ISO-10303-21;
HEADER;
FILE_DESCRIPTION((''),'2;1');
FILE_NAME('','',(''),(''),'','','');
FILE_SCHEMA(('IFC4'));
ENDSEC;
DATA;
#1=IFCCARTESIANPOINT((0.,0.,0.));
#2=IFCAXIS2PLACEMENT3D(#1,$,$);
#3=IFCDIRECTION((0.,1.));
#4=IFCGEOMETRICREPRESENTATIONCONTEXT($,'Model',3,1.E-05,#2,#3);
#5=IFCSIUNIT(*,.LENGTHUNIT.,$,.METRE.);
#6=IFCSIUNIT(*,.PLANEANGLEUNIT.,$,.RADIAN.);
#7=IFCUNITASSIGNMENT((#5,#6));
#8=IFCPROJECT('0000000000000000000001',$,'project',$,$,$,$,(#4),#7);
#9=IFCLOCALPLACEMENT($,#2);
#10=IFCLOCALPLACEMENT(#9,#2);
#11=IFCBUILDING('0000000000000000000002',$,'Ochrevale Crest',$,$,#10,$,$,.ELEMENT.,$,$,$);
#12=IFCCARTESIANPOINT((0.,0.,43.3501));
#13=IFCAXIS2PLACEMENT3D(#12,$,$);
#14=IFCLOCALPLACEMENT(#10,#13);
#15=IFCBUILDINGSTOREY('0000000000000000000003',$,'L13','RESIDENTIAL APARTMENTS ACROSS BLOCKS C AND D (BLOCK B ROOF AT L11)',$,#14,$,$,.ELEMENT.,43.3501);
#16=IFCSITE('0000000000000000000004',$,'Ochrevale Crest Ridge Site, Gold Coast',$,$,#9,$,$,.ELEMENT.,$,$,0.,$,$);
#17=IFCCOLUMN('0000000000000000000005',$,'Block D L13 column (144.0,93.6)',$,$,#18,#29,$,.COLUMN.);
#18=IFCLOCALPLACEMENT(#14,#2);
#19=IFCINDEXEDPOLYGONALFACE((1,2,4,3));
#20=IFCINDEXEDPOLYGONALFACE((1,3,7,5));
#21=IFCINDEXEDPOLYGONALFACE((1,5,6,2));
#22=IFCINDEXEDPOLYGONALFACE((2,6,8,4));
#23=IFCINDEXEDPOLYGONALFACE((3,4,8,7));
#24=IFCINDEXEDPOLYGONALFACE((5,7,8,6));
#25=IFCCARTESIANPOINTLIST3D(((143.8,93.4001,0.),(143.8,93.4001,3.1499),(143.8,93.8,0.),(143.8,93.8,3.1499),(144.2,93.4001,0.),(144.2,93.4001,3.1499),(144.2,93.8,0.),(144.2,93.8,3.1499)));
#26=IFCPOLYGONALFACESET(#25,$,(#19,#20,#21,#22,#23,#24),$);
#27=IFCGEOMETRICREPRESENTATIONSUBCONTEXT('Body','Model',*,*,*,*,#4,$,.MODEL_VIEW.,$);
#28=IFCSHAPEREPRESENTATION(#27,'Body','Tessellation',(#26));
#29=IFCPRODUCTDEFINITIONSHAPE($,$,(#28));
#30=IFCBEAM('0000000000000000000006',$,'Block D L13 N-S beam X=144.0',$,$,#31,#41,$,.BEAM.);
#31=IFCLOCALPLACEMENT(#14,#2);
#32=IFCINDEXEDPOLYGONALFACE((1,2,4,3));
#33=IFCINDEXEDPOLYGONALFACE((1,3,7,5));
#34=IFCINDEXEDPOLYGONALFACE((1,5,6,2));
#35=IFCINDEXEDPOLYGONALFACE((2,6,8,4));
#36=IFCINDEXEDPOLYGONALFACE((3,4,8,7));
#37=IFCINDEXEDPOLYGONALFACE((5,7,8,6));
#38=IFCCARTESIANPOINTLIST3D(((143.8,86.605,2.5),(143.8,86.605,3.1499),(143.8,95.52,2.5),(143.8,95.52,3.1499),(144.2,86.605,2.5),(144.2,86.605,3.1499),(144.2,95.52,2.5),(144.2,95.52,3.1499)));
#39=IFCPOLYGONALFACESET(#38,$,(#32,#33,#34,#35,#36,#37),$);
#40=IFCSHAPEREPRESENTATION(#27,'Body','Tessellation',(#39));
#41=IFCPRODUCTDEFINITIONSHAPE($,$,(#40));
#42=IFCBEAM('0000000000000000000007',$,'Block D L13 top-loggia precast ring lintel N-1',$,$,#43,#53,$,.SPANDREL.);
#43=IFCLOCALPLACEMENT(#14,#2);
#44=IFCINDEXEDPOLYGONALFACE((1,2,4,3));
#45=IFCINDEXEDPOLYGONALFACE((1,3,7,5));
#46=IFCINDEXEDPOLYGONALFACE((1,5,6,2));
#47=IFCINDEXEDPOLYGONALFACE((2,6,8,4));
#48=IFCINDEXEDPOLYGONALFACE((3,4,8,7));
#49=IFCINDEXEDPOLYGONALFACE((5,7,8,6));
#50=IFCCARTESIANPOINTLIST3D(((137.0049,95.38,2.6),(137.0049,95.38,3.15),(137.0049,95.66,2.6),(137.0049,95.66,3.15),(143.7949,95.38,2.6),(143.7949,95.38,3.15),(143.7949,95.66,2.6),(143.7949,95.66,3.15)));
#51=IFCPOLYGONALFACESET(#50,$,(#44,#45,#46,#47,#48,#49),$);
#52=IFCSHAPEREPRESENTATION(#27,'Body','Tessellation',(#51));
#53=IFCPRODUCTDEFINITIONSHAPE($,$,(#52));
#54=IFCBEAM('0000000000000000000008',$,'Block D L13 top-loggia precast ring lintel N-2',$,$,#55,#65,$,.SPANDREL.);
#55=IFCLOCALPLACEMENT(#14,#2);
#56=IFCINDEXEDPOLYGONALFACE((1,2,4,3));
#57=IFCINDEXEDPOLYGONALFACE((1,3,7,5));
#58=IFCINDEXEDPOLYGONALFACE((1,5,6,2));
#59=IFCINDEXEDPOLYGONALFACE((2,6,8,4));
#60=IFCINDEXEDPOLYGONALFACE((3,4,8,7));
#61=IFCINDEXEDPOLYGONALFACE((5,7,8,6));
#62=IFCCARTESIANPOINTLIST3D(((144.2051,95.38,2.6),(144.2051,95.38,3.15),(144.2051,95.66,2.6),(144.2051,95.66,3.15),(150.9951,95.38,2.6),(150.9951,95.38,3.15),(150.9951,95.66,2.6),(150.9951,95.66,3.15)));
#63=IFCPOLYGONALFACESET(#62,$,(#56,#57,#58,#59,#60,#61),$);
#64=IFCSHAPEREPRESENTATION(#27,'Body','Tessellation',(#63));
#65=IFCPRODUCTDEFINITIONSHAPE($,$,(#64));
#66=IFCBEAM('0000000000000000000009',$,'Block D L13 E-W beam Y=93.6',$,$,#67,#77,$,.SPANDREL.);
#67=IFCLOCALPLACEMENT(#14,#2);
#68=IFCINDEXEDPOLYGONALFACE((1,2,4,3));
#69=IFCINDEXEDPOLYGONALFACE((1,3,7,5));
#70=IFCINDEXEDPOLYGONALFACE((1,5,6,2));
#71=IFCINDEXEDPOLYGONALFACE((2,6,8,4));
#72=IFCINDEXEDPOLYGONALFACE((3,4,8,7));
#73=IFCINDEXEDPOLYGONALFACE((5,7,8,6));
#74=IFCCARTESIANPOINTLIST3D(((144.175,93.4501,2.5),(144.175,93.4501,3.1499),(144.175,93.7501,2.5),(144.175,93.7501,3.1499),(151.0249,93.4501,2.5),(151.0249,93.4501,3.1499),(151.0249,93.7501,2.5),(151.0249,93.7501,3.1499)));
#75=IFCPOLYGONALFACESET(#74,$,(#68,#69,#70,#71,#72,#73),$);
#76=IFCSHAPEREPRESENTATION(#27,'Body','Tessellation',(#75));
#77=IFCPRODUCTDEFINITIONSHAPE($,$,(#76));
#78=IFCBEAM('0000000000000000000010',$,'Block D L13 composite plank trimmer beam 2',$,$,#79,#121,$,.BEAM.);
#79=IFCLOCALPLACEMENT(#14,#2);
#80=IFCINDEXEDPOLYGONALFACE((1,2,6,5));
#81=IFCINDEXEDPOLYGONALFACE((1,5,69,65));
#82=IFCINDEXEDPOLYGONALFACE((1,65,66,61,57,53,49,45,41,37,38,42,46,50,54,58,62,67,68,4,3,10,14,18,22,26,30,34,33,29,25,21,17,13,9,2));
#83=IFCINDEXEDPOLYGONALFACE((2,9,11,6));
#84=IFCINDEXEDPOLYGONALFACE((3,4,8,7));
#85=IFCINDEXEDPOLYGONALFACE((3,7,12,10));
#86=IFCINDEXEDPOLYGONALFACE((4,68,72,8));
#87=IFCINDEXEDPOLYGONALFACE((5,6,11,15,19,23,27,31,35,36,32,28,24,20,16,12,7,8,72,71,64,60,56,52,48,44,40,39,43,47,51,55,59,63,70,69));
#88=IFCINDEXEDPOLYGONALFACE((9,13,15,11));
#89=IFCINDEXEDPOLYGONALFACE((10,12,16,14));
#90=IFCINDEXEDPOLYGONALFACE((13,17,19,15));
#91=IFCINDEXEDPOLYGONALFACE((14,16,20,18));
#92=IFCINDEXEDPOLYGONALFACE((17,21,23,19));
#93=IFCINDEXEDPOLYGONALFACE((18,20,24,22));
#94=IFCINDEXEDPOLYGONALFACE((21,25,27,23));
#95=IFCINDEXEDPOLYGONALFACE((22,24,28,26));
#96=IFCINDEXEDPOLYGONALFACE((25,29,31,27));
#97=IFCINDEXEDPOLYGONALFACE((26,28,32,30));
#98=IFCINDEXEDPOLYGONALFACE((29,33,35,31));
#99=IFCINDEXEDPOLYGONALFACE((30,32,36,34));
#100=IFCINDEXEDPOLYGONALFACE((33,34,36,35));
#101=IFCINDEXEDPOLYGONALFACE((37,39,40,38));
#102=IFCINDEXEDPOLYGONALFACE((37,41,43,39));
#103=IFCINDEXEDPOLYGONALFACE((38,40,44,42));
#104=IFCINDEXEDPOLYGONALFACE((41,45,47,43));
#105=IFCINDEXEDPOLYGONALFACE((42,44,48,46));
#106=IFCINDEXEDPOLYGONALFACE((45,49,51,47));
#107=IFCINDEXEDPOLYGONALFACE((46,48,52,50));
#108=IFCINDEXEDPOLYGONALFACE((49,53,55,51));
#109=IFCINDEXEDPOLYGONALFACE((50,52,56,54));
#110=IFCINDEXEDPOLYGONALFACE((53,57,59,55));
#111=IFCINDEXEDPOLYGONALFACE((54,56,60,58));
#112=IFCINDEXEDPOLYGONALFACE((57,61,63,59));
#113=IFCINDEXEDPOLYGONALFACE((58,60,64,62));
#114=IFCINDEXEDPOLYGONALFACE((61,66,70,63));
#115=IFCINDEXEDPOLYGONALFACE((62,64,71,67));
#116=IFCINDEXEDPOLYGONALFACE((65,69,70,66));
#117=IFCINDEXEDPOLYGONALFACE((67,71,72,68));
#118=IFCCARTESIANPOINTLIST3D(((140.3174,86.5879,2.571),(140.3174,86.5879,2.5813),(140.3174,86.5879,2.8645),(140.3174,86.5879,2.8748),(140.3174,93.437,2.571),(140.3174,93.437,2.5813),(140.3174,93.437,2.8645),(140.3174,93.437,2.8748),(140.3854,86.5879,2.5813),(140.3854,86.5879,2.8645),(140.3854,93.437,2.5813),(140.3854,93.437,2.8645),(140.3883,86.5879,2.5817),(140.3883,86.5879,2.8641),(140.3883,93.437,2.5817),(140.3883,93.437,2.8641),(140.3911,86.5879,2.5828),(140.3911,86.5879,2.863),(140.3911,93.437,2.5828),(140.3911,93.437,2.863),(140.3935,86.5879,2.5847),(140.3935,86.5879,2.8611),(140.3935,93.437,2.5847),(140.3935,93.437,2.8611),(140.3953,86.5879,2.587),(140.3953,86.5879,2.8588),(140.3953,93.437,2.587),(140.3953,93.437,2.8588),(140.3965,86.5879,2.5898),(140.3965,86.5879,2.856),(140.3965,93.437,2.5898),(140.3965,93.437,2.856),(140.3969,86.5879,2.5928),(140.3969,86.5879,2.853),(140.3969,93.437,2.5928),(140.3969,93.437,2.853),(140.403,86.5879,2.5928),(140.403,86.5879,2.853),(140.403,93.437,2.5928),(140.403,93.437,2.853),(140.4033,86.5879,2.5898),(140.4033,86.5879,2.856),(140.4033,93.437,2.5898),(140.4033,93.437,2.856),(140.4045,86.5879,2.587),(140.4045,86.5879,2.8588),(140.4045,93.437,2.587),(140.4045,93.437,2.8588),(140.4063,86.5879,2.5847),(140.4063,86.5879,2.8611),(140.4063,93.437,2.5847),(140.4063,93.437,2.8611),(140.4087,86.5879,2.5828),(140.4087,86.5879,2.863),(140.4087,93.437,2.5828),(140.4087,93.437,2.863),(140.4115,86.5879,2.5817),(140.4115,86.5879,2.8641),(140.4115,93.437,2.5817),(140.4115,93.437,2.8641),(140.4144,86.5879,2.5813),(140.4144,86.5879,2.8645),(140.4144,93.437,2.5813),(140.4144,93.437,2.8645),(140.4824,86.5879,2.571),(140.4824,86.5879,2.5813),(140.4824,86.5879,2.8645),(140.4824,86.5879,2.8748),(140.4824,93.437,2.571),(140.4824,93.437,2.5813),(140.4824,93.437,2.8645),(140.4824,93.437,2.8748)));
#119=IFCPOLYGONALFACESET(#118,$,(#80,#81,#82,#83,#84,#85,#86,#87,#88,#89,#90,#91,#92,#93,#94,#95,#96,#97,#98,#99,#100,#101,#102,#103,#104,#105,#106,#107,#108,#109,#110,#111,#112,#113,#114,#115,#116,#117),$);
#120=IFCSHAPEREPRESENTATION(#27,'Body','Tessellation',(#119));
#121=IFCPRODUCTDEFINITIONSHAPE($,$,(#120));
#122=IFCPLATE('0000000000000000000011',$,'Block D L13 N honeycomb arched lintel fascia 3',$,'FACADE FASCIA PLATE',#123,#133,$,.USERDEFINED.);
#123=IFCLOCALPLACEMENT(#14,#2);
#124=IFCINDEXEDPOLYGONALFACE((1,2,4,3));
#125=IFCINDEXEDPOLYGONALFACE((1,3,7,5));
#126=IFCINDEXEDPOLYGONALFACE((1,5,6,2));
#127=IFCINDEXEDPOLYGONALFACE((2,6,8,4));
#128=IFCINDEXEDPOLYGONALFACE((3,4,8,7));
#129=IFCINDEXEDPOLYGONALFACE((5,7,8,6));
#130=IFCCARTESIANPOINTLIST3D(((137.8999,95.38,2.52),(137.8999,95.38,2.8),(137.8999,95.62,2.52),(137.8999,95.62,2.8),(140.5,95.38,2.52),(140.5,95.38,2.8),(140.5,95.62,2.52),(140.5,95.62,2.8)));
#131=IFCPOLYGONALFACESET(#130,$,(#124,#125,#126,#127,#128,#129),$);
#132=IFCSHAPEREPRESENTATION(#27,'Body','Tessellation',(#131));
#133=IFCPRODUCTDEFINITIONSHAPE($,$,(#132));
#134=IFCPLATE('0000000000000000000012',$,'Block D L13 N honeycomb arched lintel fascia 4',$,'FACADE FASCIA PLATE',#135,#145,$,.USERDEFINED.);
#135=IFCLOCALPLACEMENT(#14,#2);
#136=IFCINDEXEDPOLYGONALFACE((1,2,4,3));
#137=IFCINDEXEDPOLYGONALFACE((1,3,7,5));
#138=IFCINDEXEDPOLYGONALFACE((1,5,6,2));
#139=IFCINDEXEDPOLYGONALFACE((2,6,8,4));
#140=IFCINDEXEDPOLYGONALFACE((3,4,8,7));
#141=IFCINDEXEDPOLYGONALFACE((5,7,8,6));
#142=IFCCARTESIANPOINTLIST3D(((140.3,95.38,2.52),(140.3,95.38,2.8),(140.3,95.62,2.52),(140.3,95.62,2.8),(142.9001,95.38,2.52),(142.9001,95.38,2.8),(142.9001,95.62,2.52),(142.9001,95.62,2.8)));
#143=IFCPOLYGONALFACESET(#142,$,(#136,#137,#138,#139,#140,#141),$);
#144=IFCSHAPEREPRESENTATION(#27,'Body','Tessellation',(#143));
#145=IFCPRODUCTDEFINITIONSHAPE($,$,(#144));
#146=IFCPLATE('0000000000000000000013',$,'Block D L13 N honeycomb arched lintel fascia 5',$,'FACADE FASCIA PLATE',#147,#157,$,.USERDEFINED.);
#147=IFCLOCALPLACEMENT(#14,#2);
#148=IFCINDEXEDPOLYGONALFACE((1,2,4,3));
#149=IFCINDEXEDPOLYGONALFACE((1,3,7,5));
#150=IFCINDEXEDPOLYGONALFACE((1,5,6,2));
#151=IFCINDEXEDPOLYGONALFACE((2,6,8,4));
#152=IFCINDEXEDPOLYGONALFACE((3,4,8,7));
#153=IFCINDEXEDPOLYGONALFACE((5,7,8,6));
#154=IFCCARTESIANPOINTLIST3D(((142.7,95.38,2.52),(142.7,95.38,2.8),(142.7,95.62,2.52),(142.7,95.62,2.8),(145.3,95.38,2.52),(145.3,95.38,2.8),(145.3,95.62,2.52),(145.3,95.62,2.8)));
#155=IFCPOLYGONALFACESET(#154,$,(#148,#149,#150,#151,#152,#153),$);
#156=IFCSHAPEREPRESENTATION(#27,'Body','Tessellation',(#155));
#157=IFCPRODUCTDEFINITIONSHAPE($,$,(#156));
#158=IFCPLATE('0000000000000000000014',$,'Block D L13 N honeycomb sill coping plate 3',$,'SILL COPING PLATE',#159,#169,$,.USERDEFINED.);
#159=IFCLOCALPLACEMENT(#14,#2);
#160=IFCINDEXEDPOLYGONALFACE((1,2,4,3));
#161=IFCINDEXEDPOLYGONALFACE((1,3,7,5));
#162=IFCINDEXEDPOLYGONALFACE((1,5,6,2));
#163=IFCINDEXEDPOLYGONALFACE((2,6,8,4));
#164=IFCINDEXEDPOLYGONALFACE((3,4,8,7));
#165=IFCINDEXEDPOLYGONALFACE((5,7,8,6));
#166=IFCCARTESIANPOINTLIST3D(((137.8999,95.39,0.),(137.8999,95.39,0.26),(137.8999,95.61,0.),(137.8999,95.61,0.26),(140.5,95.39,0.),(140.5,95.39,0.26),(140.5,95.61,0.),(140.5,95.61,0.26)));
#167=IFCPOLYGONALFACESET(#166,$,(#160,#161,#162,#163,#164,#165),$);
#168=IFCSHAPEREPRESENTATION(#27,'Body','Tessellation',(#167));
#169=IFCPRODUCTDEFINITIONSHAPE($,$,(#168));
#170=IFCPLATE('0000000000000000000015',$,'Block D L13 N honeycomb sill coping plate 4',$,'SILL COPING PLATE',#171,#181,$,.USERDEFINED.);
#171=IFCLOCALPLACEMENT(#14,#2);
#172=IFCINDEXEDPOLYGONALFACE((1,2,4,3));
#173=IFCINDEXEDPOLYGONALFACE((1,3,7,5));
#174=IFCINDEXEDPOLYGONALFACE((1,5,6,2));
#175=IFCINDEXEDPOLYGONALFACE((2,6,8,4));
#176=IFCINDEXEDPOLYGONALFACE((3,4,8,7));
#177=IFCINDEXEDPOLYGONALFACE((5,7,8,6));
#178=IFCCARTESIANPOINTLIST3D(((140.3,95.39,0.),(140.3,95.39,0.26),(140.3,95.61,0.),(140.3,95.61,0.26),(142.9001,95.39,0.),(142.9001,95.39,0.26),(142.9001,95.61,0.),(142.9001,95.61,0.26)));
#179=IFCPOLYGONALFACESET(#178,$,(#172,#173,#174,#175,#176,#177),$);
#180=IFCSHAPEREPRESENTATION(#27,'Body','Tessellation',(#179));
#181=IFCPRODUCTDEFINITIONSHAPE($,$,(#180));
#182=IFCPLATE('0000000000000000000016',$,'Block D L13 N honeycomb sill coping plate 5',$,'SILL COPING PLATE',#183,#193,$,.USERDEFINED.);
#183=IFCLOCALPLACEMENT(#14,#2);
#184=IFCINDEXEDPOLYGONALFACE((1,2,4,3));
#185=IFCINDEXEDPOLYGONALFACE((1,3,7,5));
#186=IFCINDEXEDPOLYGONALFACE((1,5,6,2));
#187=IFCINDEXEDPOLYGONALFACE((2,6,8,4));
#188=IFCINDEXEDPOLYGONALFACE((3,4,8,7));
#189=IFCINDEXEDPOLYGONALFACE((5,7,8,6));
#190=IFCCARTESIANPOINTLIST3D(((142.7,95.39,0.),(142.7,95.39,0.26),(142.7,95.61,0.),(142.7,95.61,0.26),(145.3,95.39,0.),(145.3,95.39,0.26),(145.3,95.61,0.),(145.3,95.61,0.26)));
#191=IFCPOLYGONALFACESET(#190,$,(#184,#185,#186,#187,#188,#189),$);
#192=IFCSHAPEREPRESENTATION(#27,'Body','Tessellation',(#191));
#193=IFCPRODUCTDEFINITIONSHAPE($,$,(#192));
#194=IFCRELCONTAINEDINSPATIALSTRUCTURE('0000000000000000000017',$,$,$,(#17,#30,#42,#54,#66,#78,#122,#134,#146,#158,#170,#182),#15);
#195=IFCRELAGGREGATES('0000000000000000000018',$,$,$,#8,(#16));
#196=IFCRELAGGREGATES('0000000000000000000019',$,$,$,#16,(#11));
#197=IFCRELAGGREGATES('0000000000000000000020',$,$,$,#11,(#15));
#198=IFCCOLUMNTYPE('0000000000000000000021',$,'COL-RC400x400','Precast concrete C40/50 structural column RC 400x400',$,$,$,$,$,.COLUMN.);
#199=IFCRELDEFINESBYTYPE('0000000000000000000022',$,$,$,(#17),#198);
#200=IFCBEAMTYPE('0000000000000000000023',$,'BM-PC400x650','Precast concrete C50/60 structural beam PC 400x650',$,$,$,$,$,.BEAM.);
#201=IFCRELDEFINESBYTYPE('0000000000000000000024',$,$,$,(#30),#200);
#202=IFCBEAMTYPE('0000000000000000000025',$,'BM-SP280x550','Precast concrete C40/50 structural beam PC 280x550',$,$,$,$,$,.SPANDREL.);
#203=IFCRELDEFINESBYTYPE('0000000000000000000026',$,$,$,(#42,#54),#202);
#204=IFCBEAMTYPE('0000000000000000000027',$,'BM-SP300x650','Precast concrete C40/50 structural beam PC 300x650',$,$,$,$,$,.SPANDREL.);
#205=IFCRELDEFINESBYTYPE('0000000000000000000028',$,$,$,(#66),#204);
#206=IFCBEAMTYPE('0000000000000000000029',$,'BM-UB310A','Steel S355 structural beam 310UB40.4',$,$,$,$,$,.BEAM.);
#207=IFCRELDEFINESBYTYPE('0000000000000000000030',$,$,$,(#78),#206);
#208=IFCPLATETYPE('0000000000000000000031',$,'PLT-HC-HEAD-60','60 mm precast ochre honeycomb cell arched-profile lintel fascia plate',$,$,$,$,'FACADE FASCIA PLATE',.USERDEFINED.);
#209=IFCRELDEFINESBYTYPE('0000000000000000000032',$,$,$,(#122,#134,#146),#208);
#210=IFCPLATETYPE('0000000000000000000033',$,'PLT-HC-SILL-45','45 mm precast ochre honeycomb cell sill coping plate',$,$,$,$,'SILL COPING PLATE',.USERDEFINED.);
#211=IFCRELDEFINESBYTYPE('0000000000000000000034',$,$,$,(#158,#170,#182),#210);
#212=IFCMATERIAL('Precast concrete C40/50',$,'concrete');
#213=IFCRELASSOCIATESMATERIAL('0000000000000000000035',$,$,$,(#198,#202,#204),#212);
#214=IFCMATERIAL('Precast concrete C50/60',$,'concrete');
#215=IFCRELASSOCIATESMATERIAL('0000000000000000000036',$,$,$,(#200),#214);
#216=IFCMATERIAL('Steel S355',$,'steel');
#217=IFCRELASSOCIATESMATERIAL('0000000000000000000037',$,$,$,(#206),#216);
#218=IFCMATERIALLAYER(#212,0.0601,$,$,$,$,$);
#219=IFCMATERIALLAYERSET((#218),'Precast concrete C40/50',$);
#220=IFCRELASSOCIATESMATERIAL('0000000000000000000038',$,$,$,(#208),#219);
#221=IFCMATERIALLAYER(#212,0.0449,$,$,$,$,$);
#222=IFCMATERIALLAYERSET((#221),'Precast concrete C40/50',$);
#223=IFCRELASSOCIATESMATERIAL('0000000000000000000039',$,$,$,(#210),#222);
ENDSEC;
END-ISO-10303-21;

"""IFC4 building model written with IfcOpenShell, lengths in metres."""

from ifc_helpers import new_model, si_unit, direction, frame, origin, origin_2d, place, context, subcontext, project, spatial, rectangle, i_section, extrude, material, layer, layer_set, material_profile, profile_set, type_object, element, save


model = new_model("IFC4")

# Units and contexts
model_context = context("Model", 3, precision=1e-05, world=origin(), true_north=direction((0.0, 1.0)))
body_context = subcontext(model_context, "Body", "Model", "MODEL_VIEW")
ifc_project = project(units=[si_unit("LENGTHUNIT", "METRE"), si_unit("PLANEANGLEUNIT", "RADIAN")], contexts=[model_context])

# Site, building, storey
site_placement = place(None, origin())
site = spatial("IfcSite", under=ifc_project, at=site_placement, Name="Ochrevale Crest Ridge Site, Gold Coast", CompositionType="ELEMENT", RefElevation=0.0)
building_placement = place(site_placement, origin())
building = spatial("IfcBuilding", under=site, at=building_placement, Name="Ochrevale Crest", CompositionType="ELEMENT")
storey_placement = place(building_placement, frame((0.0, 0.0, 43.3501)))
storey = spatial("IfcBuildingStorey", under=building, at=storey_placement, Name="L13", Description="RESIDENTIAL APARTMENTS ACROSS BLOCKS C AND D (BLOCK B ROOF AT L11)", CompositionType="ELEMENT", Elevation=43.3501)

# Column
ifc_material_1 = material(Name="Precast concrete C40/50", Category="concrete")
ifc_material_profile_1 = material_profile(ifc_material_1, rectangle(XDim=0.3999, YDim=0.3999, at=origin_2d()), Name="RC 400x400")
ifc_profile_set_1 = profile_set([ifc_material_profile_1], Name="Precast concrete C40/50")
column_type = type_object("IfcColumnType", Name="COL-RC400x400", Description="Precast concrete C40/50 structural column RC 400x400", PredefinedType="COLUMN", material=ifc_profile_set_1)
column_placement = place(storey_placement, frame((144.0, 93.6001, 0.0), z_axis=(0.0, 0.0, 1.0), x_axis=(1.0, 0.0, 0.0)))
element("IfcColumn", 1, at=column_placement, inside=storey, type_object=column_type, Name="Block D L13 column (144.0,93.6)", PredefinedType="COLUMN", context=body_context, shape_type="SweptSolid", body=[
    extrude(rectangle(XDim=0.3999, YDim=0.3999, at=origin_2d()), origin(), (0.0, 0.0, 1.0), 3.1499),
])

# Beams
ifc_material_2 = material(Name="Precast concrete C50/60", Category="concrete")
ifc_material_profile_2 = material_profile(ifc_material_2, rectangle(XDim=0.3999, YDim=0.6499, at=origin_2d()), Name="PC 400x650")
ifc_profile_set_2 = profile_set([ifc_material_profile_2], Name="Precast concrete C50/60")
beam_type_1 = type_object("IfcBeamType", Name="BM-PC400x650", Description="Precast concrete C50/60 structural beam PC 400x650", PredefinedType="BEAM", material=ifc_profile_set_2)
beam_1_placement = place(storey_placement, frame((144.0, 86.605, 2.825), z_axis=(0.0, 1.0, 0.0), x_axis=(-1.0, 0.0, 0.0)))
element("IfcBeam", 2, at=beam_1_placement, inside=storey, type_object=beam_type_1, Name="Block D L13 N-S beam X=144.0", PredefinedType="BEAM", context=body_context, shape_type="SweptSolid", body=[
    extrude(rectangle(XDim=0.3999, YDim=0.6499, at=origin_2d()), origin(), (0.0, 0.0, 1.0), 8.915),
])
ifc_material_profile_3 = material_profile(ifc_material_1, rectangle(XDim=0.28, YDim=0.55, at=origin_2d()), Name="PC 280x550")
ifc_profile_set_3 = profile_set([ifc_material_profile_3], Name="Precast concrete C40/50")
beam_type_2 = type_object("IfcBeamType", Name="BM-SP280x550", Description="Precast concrete C40/50 structural beam PC 280x550", PredefinedType="SPANDREL", material=ifc_profile_set_3)
for number, where, z_axis, x_axis, name in (
    (3, (137.0049, 95.52, 2.875), (1.0, 0.0, 0.0), (0.0, 1.0, 0.0), "Block D L13 top-loggia precast ring lintel N-1"),
    (4, (144.2051, 95.52, 2.875), (1.0, 0.0, 0.0), (0.0, 1.0, 0.0), "Block D L13 top-loggia precast ring lintel N-2"),
):
    element("IfcBeam", number, at=place(storey_placement, frame(where, z_axis=z_axis, x_axis=x_axis)), inside=storey, type_object=beam_type_2, Name=name, PredefinedType="SPANDREL", context=body_context, shape_type="SweptSolid", body=[
        extrude(rectangle(XDim=0.28, YDim=0.55, at=origin_2d()), origin(), (0.0, 0.0, 1.0), 6.79),
    ])
ifc_material_profile_4 = material_profile(ifc_material_1, rectangle(XDim=0.3, YDim=0.6499, at=origin_2d()), Name="PC 300x650")
ifc_profile_set_4 = profile_set([ifc_material_profile_4], Name="Precast concrete C40/50")
beam_type_3 = type_object("IfcBeamType", Name="BM-SP300x650", Description="Precast concrete C40/50 structural beam PC 300x650", PredefinedType="SPANDREL", material=ifc_profile_set_4)
beam_2_placement = place(storey_placement, frame((144.175, 93.6001, 2.825), z_axis=(1.0, 0.0, 0.0), x_axis=(0.0, 1.0, 0.0)))
element("IfcBeam", 5, at=beam_2_placement, inside=storey, type_object=beam_type_3, Name="Block D L13 E-W beam Y=93.6", PredefinedType="SPANDREL", context=body_context, shape_type="SweptSolid", body=[
    extrude(rectangle(XDim=0.3, YDim=0.6499, at=origin_2d()), origin(), (0.0, 0.0, 1.0), 6.8499),
])
ifc_material_3 = material(Name="Steel S355", Category="steel")
ifc_material_profile_5 = material_profile(ifc_material_3, i_section(OverallWidth=0.165, OverallDepth=0.3037, WebThickness=0.0061, FlangeThickness=0.0103, FilletRadius=0.0115, at=origin_2d()), Name="310UB40.4")
ifc_profile_set_5 = profile_set([ifc_material_profile_5], Name="Steel S355")
beam_type_4 = type_object("IfcBeamType", Name="BM-UB310A", Description="Steel S355 structural beam 310UB40.4", PredefinedType="BEAM", material=ifc_profile_set_5)
beam_3_placement = place(storey_placement, frame((140.3999, 86.5879, 2.7229), z_axis=(0.0, 1.0, 0.0), x_axis=(-1.0, 0.0, 0.0)))
element("IfcBeam", 6, at=beam_3_placement, inside=storey, type_object=beam_type_4, Name="Block D L13 composite plank trimmer beam 2", PredefinedType="BEAM", context=body_context, shape_type="SweptSolid", body=[
    extrude(i_section(OverallWidth=0.165, OverallDepth=0.3037, WebThickness=0.0061, FlangeThickness=0.0103, FilletRadius=0.0115, at=origin_2d()), origin(), (0.0, 0.0, 1.0), 6.8491),
])

# Plates
ifc_layer_1 = layer(ifc_material_1, 0.0601)
ifc_layer_set_1 = layer_set([ifc_layer_1], Name="Precast concrete C40/50")
plate_type_1 = type_object("IfcPlateType", Name="PLT-HC-HEAD-60", Description="60 mm precast ochre honeycomb cell arched-profile lintel fascia plate", ElementType="FACADE FASCIA PLATE", PredefinedType="USERDEFINED", material=ifc_layer_set_1)
for number, where, z_axis, x_axis, name in (
    (7, (139.2, 95.5, 2.52), (0.0, 0.0, 1.0), (1.0, 0.0, 0.0), "Block D L13 N honeycomb arched lintel fascia 3"),
    (8, (141.6001, 95.5, 2.52), (0.0, 0.0, 1.0), (1.0, 0.0, 0.0), "Block D L13 N honeycomb arched lintel fascia 4"),
    (9, (144.0, 95.5, 2.52), (0.0, 0.0, 1.0), (1.0, 0.0, 0.0), "Block D L13 N honeycomb arched lintel fascia 5"),
):
    element("IfcPlate", number, at=place(storey_placement, frame(where, z_axis=z_axis, x_axis=x_axis)), inside=storey, type_object=plate_type_1, Name=name, ObjectType="FACADE FASCIA PLATE", PredefinedType="USERDEFINED", context=body_context, shape_type="SweptSolid", body=[
        extrude(rectangle(XDim=2.6001, YDim=0.24, at=origin_2d()), origin(), (0.0, 0.0, 1.0), 0.28),
    ])
ifc_layer_2 = layer(ifc_material_1, 0.0449)
ifc_layer_set_2 = layer_set([ifc_layer_2], Name="Precast concrete C40/50")
plate_type_2 = type_object("IfcPlateType", Name="PLT-HC-SILL-45", Description="45 mm precast ochre honeycomb cell sill coping plate", ElementType="SILL COPING PLATE", PredefinedType="USERDEFINED", material=ifc_layer_set_2)
for number, where, z_axis, x_axis, name in (
    (10, (139.2, 95.5, 0.0), (0.0, 0.0, 1.0), (1.0, 0.0, 0.0), "Block D L13 N honeycomb sill coping plate 3"),
    (11, (141.6001, 95.5, 0.0), (0.0, 0.0, 1.0), (1.0, 0.0, 0.0), "Block D L13 N honeycomb sill coping plate 4"),
    (12, (144.0, 95.5, 0.0), (0.0, 0.0, 1.0), (1.0, 0.0, 0.0), "Block D L13 N honeycomb sill coping plate 5"),
):
    element("IfcPlate", number, at=place(storey_placement, frame(where, z_axis=z_axis, x_axis=x_axis)), inside=storey, type_object=plate_type_2, Name=name, ObjectType="SILL COPING PLATE", PredefinedType="USERDEFINED", context=body_context, shape_type="SweptSolid", body=[
        extrude(rectangle(XDim=2.6001, YDim=0.22, at=origin_2d()), origin(), (0.0, 0.0, 1.0), 0.26),
    ])

save(model, "model.ifc")
